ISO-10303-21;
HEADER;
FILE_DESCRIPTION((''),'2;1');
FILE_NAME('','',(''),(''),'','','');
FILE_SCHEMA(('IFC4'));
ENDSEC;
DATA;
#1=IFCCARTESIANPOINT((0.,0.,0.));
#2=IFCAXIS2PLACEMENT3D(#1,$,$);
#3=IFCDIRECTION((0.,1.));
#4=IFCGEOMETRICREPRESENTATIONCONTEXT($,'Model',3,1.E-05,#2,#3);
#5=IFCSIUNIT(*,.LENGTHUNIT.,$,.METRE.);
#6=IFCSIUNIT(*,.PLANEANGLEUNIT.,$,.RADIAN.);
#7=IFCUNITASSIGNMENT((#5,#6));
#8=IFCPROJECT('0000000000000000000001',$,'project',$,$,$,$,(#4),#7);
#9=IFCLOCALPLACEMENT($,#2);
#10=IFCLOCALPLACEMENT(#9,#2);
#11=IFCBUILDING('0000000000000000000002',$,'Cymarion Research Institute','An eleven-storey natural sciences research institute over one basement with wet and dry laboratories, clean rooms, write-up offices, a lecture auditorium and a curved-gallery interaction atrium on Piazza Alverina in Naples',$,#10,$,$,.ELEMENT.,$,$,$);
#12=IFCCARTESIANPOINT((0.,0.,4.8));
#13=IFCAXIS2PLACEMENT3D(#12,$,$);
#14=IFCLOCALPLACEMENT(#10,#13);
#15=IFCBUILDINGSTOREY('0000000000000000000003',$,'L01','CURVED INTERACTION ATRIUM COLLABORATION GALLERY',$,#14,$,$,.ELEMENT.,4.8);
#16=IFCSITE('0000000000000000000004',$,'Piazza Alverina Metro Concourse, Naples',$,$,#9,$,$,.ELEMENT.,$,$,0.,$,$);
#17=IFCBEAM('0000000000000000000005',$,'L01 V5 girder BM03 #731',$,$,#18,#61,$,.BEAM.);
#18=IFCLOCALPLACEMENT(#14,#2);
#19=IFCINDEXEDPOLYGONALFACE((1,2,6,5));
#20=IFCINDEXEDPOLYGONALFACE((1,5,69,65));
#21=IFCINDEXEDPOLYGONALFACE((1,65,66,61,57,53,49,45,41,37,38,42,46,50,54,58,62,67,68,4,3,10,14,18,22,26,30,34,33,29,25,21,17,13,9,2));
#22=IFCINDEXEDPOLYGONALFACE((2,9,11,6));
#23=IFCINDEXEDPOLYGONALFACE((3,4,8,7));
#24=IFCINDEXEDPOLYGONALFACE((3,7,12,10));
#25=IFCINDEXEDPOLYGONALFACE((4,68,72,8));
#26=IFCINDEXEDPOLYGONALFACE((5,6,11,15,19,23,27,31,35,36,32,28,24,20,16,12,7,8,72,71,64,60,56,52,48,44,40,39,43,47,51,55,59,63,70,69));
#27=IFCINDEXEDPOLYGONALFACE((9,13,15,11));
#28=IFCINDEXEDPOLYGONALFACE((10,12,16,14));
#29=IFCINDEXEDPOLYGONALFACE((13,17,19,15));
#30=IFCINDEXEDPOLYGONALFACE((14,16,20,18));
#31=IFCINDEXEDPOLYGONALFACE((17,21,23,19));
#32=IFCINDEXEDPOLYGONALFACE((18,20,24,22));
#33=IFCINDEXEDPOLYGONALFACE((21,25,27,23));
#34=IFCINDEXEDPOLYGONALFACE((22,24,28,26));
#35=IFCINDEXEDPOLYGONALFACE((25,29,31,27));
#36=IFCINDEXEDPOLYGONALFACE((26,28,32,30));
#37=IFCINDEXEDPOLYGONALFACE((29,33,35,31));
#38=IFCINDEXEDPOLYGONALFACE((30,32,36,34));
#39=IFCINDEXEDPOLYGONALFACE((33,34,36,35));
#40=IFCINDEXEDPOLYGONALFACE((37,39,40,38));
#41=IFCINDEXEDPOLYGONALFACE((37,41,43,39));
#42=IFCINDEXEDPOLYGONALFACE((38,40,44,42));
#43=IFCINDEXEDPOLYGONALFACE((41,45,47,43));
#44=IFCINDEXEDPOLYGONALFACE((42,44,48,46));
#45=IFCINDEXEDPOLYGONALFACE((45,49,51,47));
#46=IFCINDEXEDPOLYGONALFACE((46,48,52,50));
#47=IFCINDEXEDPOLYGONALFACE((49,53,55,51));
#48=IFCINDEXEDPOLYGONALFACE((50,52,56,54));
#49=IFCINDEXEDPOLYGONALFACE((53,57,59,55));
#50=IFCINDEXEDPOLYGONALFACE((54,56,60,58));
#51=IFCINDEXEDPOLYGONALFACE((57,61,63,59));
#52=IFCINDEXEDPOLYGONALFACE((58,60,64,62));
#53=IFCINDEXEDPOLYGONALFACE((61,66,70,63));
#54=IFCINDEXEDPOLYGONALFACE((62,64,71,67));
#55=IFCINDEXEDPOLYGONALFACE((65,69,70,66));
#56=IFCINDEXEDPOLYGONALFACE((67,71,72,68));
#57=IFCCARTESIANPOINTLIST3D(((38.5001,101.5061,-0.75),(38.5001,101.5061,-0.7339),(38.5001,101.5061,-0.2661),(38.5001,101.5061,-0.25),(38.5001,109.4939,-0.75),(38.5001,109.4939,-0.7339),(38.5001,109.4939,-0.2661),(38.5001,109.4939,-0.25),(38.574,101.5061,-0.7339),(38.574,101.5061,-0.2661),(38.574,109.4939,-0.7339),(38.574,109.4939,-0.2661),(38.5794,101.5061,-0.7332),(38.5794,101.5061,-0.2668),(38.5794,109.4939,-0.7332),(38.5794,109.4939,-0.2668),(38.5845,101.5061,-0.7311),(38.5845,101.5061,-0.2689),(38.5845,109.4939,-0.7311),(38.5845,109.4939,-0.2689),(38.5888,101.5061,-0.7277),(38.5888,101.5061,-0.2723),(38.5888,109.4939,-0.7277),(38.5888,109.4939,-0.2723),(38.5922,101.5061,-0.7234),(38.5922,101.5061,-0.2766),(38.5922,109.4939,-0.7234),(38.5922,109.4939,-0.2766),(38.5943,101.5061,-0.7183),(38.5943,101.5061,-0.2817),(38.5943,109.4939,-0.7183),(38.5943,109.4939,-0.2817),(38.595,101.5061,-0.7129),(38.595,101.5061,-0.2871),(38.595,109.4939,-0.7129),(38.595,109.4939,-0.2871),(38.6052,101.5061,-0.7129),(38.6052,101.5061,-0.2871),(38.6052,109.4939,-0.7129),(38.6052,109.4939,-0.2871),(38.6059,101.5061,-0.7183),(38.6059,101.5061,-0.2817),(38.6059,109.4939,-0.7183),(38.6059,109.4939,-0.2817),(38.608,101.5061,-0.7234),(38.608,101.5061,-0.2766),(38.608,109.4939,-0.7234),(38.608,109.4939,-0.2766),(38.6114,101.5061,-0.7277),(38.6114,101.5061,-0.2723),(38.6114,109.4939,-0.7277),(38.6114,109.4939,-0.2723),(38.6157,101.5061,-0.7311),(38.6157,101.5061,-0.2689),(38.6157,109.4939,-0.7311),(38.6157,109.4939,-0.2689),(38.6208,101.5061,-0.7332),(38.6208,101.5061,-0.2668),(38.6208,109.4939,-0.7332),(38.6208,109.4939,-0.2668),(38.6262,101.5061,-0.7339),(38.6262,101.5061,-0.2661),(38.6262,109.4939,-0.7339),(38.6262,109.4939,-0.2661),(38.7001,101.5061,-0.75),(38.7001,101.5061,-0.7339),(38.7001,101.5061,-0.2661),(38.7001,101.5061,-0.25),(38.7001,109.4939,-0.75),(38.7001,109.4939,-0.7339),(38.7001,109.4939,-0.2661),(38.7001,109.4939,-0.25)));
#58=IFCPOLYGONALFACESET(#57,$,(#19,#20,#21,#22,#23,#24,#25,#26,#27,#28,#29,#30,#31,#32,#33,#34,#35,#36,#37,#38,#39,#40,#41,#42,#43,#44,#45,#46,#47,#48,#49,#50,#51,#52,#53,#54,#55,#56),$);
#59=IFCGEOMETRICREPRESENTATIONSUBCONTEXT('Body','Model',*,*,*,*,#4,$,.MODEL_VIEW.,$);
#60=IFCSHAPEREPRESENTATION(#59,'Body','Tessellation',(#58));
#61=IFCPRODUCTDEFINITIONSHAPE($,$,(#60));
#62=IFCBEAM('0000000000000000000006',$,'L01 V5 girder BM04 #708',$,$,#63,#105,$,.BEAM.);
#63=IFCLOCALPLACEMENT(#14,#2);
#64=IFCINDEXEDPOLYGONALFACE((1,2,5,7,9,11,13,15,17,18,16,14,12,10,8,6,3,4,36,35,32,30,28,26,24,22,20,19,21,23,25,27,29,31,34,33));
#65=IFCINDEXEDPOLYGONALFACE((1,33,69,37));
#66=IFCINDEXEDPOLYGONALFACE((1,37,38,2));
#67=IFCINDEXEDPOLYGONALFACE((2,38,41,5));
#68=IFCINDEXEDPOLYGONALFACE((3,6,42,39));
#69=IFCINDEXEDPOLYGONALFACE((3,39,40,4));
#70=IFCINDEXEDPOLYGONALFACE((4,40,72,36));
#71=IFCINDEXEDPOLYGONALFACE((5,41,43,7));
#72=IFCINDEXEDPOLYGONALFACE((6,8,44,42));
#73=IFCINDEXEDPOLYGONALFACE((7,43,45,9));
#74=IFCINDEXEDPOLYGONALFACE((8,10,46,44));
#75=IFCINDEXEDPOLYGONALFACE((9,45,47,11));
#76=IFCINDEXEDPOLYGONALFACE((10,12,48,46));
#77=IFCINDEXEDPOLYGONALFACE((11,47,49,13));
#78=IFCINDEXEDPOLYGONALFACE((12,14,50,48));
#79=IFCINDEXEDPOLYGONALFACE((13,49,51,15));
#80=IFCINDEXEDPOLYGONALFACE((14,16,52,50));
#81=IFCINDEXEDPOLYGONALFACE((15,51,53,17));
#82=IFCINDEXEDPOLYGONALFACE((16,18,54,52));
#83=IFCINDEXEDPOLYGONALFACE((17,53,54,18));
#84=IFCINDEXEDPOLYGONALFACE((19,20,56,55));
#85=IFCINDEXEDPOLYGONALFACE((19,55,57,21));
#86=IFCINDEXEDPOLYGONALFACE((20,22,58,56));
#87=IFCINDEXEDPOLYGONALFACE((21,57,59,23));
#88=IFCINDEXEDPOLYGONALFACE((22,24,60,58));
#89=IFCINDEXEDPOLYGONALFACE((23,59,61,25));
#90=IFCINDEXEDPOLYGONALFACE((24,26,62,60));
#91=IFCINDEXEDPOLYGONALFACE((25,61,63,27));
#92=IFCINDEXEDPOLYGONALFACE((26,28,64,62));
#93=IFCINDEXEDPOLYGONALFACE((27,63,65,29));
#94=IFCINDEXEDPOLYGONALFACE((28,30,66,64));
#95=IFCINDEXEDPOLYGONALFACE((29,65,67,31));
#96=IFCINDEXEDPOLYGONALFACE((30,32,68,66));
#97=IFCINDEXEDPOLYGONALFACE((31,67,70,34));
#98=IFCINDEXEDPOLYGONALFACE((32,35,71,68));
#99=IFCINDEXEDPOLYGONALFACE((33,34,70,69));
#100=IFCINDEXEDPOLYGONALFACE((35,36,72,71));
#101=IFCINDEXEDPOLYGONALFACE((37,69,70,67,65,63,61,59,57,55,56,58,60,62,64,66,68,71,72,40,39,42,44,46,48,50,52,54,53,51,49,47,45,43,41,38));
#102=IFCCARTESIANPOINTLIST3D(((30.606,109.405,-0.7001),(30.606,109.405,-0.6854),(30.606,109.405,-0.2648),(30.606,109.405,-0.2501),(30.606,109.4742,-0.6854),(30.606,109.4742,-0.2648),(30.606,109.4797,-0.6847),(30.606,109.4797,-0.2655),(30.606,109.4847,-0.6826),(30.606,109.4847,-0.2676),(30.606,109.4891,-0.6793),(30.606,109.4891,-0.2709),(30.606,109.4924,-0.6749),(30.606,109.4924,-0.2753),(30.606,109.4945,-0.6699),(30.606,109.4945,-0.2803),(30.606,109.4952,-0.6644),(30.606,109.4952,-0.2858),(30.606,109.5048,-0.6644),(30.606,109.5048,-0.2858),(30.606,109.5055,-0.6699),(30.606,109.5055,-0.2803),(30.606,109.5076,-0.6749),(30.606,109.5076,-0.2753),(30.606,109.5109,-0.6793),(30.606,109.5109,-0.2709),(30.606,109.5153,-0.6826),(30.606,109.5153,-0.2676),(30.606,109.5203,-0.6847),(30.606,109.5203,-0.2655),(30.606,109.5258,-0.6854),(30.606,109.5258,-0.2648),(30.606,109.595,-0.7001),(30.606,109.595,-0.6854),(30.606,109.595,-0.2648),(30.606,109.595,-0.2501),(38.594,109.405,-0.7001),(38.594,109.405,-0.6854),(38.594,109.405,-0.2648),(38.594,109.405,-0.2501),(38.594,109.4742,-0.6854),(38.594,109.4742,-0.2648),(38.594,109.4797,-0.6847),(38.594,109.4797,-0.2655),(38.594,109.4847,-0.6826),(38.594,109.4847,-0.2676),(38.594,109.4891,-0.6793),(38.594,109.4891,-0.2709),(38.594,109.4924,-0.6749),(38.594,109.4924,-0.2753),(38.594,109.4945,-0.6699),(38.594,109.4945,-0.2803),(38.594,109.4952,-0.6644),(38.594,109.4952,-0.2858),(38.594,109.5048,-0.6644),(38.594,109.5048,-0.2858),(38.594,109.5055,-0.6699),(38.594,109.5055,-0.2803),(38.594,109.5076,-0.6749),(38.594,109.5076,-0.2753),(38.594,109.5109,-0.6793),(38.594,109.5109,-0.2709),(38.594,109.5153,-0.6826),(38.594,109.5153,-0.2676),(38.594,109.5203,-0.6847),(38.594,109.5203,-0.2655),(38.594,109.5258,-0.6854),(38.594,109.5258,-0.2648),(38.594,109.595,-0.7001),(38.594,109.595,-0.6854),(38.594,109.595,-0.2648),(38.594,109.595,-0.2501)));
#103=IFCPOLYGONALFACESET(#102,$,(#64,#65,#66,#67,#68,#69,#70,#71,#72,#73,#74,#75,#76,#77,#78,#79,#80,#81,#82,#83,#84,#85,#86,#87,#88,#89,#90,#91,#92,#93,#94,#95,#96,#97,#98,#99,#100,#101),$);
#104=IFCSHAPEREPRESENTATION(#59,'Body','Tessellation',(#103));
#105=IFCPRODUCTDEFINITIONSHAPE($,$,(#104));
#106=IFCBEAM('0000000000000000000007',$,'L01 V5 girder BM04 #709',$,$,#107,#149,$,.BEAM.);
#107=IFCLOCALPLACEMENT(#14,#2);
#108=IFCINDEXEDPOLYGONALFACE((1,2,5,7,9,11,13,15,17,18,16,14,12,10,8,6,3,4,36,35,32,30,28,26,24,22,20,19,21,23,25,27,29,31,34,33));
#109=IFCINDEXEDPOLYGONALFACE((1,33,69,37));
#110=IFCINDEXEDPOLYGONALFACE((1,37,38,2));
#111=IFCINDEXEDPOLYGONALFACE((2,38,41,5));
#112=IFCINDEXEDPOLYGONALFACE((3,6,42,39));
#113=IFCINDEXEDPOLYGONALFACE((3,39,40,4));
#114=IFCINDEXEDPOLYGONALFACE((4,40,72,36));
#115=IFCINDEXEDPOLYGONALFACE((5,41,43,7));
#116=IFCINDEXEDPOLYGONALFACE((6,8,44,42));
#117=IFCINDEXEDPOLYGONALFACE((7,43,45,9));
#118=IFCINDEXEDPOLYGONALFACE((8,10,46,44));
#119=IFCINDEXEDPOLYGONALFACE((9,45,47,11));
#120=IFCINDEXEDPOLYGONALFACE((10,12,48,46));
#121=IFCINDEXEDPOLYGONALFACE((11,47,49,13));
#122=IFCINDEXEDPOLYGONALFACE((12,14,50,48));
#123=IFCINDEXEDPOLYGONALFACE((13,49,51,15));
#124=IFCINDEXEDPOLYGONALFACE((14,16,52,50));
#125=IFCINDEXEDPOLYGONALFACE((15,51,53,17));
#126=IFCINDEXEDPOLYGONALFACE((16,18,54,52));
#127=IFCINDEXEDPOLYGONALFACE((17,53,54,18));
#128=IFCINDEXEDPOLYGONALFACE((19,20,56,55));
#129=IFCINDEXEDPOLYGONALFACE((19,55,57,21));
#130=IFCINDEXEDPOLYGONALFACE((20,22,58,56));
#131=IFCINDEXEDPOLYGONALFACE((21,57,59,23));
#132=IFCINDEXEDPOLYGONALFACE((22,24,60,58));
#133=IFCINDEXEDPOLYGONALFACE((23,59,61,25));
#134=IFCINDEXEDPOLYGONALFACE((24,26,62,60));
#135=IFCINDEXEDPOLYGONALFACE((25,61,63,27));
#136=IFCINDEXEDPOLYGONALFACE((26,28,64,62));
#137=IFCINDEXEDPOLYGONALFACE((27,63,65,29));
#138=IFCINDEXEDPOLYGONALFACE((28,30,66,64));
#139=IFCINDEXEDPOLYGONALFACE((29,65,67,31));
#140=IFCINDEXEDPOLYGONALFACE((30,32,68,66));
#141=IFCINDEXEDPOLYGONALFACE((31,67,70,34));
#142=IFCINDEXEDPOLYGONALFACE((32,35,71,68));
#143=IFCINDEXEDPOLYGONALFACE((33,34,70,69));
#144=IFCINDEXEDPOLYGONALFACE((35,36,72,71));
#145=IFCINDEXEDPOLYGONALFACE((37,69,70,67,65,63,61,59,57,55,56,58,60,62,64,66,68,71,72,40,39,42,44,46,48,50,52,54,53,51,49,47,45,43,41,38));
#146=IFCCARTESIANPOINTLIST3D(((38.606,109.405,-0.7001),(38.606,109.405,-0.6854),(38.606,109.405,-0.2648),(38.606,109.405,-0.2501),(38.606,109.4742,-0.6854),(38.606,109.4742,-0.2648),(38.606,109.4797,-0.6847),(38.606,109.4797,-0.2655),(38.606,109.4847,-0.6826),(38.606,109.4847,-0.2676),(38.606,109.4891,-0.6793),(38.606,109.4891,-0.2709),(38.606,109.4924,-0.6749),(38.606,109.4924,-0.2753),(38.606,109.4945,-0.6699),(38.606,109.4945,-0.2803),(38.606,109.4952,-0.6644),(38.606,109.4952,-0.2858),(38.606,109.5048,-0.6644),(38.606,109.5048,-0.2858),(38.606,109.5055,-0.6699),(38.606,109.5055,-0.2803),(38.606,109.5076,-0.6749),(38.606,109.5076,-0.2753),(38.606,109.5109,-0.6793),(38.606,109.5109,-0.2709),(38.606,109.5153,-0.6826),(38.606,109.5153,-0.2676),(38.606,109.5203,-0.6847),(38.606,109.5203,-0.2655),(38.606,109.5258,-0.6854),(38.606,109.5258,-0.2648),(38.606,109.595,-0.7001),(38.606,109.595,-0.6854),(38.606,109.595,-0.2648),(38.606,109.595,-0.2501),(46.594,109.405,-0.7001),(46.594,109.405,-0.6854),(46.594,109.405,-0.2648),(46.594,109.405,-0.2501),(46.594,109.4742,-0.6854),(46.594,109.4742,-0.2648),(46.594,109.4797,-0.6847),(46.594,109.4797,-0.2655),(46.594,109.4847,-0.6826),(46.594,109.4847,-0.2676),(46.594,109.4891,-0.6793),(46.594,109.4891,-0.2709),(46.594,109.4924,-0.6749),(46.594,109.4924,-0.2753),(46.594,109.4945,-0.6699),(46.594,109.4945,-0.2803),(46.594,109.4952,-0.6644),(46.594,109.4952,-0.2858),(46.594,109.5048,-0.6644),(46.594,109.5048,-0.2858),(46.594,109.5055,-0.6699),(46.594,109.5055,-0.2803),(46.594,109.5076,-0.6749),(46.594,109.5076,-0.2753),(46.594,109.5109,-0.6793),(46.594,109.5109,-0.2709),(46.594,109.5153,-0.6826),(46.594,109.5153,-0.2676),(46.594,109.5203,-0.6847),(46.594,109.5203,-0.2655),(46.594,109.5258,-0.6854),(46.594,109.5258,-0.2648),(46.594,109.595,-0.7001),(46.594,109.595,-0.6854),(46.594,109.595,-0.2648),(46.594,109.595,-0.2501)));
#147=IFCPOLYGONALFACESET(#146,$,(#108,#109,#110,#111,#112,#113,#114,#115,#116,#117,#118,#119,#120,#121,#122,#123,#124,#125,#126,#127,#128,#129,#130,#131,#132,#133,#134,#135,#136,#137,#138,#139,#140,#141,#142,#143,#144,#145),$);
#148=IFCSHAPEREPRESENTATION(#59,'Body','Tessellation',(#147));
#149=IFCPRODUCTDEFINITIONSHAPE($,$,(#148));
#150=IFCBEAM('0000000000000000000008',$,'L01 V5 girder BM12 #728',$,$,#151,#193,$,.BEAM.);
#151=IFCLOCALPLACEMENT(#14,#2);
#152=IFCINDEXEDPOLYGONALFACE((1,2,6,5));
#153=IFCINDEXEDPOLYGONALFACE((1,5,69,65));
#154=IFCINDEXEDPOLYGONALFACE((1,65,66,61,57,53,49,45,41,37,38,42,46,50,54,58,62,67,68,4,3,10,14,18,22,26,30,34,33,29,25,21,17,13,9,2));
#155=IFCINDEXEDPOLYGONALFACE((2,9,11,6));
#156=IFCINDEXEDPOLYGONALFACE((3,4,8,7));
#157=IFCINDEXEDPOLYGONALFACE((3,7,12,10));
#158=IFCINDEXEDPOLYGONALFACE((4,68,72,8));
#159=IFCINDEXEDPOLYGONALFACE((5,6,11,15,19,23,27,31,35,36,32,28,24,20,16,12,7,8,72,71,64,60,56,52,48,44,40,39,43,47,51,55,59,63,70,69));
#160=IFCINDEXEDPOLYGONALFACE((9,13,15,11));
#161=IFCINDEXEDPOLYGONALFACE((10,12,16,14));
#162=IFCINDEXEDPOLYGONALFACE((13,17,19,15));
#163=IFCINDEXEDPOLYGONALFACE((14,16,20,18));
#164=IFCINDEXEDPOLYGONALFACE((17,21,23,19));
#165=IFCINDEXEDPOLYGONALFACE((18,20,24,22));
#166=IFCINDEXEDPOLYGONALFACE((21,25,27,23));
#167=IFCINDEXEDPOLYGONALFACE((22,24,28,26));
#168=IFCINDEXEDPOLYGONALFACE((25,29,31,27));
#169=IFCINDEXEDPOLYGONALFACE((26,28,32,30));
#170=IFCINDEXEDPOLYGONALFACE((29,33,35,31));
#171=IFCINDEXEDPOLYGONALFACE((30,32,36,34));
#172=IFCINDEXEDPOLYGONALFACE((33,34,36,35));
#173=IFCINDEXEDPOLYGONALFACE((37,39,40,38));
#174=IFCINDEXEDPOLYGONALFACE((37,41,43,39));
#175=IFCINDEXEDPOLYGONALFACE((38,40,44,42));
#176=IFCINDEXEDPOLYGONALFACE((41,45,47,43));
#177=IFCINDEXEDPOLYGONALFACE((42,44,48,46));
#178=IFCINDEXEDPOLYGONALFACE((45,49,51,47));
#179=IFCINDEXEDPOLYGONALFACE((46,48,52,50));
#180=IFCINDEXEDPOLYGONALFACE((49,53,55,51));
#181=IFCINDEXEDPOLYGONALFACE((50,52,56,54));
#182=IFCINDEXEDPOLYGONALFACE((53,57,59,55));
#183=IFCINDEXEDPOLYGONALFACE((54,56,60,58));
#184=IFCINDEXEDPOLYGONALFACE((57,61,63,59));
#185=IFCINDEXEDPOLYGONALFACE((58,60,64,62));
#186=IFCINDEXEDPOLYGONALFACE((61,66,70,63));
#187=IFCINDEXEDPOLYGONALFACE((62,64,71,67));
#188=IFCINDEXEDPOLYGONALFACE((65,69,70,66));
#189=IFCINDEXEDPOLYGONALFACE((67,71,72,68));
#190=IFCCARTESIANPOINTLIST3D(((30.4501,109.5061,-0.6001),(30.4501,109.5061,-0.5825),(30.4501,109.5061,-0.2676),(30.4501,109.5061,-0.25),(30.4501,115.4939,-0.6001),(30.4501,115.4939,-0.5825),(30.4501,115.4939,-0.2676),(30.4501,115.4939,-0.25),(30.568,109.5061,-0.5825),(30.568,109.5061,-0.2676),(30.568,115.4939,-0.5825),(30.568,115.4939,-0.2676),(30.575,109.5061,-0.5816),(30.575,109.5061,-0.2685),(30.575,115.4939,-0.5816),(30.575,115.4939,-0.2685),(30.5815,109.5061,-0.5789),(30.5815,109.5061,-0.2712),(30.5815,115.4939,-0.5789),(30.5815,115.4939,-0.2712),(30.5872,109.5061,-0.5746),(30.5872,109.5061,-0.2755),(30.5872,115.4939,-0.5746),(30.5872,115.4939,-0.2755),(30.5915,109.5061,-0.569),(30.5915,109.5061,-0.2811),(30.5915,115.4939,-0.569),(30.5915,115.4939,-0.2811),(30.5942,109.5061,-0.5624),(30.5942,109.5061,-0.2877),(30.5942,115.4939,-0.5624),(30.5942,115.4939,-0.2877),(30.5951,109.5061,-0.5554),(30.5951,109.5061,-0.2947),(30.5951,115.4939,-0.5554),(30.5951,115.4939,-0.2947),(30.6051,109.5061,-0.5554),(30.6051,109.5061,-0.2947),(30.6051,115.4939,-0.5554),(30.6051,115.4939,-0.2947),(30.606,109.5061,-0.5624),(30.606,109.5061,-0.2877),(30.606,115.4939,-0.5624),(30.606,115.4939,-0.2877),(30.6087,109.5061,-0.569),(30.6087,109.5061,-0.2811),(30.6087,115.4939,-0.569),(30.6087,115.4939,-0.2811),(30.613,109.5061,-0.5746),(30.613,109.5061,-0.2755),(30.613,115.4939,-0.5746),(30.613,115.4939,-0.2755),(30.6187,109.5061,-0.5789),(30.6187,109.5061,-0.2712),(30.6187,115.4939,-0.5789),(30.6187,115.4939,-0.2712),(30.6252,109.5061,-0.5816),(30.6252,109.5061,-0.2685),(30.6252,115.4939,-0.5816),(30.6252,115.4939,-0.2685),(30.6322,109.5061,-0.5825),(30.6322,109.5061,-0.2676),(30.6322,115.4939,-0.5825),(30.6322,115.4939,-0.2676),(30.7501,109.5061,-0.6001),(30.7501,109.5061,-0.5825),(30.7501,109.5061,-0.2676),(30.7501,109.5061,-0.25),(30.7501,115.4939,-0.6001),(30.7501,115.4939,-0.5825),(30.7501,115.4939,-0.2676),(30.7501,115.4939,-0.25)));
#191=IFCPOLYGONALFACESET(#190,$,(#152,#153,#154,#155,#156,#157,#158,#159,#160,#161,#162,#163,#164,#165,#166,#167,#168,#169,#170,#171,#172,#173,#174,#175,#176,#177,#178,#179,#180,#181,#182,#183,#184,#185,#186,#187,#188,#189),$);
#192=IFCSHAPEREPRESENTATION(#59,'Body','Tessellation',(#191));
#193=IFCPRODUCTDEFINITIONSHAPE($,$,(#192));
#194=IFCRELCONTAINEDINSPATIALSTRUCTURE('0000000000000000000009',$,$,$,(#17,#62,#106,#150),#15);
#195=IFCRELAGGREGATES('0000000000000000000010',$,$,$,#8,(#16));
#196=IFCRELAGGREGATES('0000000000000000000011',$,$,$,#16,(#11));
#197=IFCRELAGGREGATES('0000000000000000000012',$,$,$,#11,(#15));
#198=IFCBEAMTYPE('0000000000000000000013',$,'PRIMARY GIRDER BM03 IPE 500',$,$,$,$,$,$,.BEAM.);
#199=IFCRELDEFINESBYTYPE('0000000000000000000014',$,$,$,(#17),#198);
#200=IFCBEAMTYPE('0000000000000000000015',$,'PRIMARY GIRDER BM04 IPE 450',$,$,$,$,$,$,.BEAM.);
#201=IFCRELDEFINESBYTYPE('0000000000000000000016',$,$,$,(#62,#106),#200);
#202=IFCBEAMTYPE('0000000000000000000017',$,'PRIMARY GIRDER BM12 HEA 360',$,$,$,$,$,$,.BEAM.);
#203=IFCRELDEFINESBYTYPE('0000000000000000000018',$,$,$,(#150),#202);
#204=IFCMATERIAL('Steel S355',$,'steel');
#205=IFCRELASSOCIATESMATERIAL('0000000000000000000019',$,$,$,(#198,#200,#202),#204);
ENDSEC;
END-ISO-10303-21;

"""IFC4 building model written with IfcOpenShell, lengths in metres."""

from ifc_helpers import new_model, si_unit, direction, frame, origin, origin_2d, place, context, subcontext, project, spatial, i_section, extrude, material, material_profile, profile_set, type_object, element, save


model = new_model("IFC4")

# Units and contexts
model_context = context("Model", 3, precision=1e-05, world=origin(), true_north=direction((0.0, 1.0)))
body_context = subcontext(model_context, "Body", "Model", "MODEL_VIEW")
ifc_project = project(units=[si_unit("LENGTHUNIT", "METRE"), si_unit("PLANEANGLEUNIT", "RADIAN")], contexts=[model_context])

# Site, building, storey
site_placement = place(None, origin())
site = spatial("IfcSite", under=ifc_project, at=site_placement, Name="Piazza Alverina Metro Concourse, Naples", CompositionType="ELEMENT", RefElevation=0.0)
building_placement = place(site_placement, origin())
building = spatial("IfcBuilding", under=site, at=building_placement, Name="Cymarion Research Institute", Description="An eleven-storey natural sciences research institute over one basement with wet and dry laboratories, clean rooms, write-up offices, a lecture auditorium and a curved-gallery interaction atrium on Piazza Alverina in Naples", CompositionType="ELEMENT")
storey_placement = place(building_placement, frame((0.0, 0.0, 4.8)))
storey = spatial("IfcBuildingStorey", under=building, at=storey_placement, Name="L01", Description="CURVED INTERACTION ATRIUM COLLABORATION GALLERY", CompositionType="ELEMENT", Elevation=4.8)

# Shared definitions
ifc_material_1 = material(Name="Steel S355", Category="steel")

# Beams
ifc_material_profile_1 = material_profile(ifc_material_1, i_section(OverallWidth=0.2, OverallDepth=0.5, WebThickness=0.0103, FlangeThickness=0.0161, FilletRadius=0.021, at=origin_2d()), Name="IPE 500")
ifc_profile_set_1 = profile_set([ifc_material_profile_1], Name="Steel S355")
beam_type_1 = type_object("IfcBeamType", Name="PRIMARY GIRDER BM03 IPE 500", PredefinedType="BEAM", material=ifc_profile_set_1)
for number, where, z_axis, x_axis, name in (
    (1, (38.6001, 101.5061, -0.5), (0.0, 1.0, 0.0), (-1.0, 0.0, 0.0), "L01 V5 girder BM03 #731"),
):
    element("IfcBeam", number, at=place(storey_placement, frame(where, z_axis=z_axis, x_axis=x_axis)), inside=storey, type_object=beam_type_1, Name=name, PredefinedType="BEAM", context=body_context, shape_type="SweptSolid", body=[
        extrude(i_section(OverallWidth=0.2, OverallDepth=0.5, WebThickness=0.0103, FlangeThickness=0.0161, FilletRadius=0.021, at=origin_2d()), origin(), (0.0, 0.0, 1.0), 7.9878),
    ])
ifc_material_profile_2 = material_profile(ifc_material_1, i_section(OverallWidth=0.1899, OverallDepth=0.45, WebThickness=0.0095, FlangeThickness=0.0146, FilletRadius=0.021, at=origin_2d()), Name="IPE 450")
ifc_profile_set_2 = profile_set([ifc_material_profile_2], Name="Steel S355")
beam_type_2 = type_object("IfcBeamType", Name="PRIMARY GIRDER BM04 IPE 450", PredefinedType="BEAM", material=ifc_profile_set_2)
for number, where, z_axis, x_axis, name in (
    (2, (30.606, 109.5, -0.4751), (1.0, 0.0, 0.0), (0.0, 1.0, 0.0), "L01 V5 girder BM04 #708"),
    (3, (38.606, 109.5, -0.4751), (1.0, 0.0, 0.0), (0.0, 1.0, 0.0), "L01 V5 girder BM04 #709"),
):
    element("IfcBeam", number, at=place(storey_placement, frame(where, z_axis=z_axis, x_axis=x_axis)), inside=storey, type_object=beam_type_2, Name=name, PredefinedType="BEAM", context=body_context, shape_type="SweptSolid", body=[
        extrude(i_section(OverallWidth=0.1899, OverallDepth=0.45, WebThickness=0.0095, FlangeThickness=0.0146, FilletRadius=0.021, at=origin_2d()), origin(), (0.0, 0.0, 1.0), 7.988),
    ])
ifc_material_profile_3 = material_profile(ifc_material_1, i_section(OverallWidth=0.3, OverallDepth=0.3501, WebThickness=0.01, FlangeThickness=0.0176, FilletRadius=0.0271, at=origin_2d()), Name="HEA 360")
ifc_profile_set_3 = profile_set([ifc_material_profile_3], Name="Steel S355")
beam_type_3 = type_object("IfcBeamType", Name="PRIMARY GIRDER BM12 HEA 360", PredefinedType="BEAM", material=ifc_profile_set_3)
beam_1_placement = place(storey_placement, frame((30.6001, 109.5061, -0.425), z_axis=(0.0, 1.0, 0.0), x_axis=(-1.0, 0.0, 0.0)))
element("IfcBeam", 4, at=beam_1_placement, inside=storey, type_object=beam_type_3, Name="L01 V5 girder BM12 #728", PredefinedType="BEAM", context=body_context, shape_type="SweptSolid", body=[
    extrude(i_section(OverallWidth=0.3, OverallDepth=0.3501, WebThickness=0.01, FlangeThickness=0.0176, FilletRadius=0.0271, at=origin_2d()), origin(), (0.0, 0.0, 1.0), 5.9878),
])

save(model, "model.ifc")
